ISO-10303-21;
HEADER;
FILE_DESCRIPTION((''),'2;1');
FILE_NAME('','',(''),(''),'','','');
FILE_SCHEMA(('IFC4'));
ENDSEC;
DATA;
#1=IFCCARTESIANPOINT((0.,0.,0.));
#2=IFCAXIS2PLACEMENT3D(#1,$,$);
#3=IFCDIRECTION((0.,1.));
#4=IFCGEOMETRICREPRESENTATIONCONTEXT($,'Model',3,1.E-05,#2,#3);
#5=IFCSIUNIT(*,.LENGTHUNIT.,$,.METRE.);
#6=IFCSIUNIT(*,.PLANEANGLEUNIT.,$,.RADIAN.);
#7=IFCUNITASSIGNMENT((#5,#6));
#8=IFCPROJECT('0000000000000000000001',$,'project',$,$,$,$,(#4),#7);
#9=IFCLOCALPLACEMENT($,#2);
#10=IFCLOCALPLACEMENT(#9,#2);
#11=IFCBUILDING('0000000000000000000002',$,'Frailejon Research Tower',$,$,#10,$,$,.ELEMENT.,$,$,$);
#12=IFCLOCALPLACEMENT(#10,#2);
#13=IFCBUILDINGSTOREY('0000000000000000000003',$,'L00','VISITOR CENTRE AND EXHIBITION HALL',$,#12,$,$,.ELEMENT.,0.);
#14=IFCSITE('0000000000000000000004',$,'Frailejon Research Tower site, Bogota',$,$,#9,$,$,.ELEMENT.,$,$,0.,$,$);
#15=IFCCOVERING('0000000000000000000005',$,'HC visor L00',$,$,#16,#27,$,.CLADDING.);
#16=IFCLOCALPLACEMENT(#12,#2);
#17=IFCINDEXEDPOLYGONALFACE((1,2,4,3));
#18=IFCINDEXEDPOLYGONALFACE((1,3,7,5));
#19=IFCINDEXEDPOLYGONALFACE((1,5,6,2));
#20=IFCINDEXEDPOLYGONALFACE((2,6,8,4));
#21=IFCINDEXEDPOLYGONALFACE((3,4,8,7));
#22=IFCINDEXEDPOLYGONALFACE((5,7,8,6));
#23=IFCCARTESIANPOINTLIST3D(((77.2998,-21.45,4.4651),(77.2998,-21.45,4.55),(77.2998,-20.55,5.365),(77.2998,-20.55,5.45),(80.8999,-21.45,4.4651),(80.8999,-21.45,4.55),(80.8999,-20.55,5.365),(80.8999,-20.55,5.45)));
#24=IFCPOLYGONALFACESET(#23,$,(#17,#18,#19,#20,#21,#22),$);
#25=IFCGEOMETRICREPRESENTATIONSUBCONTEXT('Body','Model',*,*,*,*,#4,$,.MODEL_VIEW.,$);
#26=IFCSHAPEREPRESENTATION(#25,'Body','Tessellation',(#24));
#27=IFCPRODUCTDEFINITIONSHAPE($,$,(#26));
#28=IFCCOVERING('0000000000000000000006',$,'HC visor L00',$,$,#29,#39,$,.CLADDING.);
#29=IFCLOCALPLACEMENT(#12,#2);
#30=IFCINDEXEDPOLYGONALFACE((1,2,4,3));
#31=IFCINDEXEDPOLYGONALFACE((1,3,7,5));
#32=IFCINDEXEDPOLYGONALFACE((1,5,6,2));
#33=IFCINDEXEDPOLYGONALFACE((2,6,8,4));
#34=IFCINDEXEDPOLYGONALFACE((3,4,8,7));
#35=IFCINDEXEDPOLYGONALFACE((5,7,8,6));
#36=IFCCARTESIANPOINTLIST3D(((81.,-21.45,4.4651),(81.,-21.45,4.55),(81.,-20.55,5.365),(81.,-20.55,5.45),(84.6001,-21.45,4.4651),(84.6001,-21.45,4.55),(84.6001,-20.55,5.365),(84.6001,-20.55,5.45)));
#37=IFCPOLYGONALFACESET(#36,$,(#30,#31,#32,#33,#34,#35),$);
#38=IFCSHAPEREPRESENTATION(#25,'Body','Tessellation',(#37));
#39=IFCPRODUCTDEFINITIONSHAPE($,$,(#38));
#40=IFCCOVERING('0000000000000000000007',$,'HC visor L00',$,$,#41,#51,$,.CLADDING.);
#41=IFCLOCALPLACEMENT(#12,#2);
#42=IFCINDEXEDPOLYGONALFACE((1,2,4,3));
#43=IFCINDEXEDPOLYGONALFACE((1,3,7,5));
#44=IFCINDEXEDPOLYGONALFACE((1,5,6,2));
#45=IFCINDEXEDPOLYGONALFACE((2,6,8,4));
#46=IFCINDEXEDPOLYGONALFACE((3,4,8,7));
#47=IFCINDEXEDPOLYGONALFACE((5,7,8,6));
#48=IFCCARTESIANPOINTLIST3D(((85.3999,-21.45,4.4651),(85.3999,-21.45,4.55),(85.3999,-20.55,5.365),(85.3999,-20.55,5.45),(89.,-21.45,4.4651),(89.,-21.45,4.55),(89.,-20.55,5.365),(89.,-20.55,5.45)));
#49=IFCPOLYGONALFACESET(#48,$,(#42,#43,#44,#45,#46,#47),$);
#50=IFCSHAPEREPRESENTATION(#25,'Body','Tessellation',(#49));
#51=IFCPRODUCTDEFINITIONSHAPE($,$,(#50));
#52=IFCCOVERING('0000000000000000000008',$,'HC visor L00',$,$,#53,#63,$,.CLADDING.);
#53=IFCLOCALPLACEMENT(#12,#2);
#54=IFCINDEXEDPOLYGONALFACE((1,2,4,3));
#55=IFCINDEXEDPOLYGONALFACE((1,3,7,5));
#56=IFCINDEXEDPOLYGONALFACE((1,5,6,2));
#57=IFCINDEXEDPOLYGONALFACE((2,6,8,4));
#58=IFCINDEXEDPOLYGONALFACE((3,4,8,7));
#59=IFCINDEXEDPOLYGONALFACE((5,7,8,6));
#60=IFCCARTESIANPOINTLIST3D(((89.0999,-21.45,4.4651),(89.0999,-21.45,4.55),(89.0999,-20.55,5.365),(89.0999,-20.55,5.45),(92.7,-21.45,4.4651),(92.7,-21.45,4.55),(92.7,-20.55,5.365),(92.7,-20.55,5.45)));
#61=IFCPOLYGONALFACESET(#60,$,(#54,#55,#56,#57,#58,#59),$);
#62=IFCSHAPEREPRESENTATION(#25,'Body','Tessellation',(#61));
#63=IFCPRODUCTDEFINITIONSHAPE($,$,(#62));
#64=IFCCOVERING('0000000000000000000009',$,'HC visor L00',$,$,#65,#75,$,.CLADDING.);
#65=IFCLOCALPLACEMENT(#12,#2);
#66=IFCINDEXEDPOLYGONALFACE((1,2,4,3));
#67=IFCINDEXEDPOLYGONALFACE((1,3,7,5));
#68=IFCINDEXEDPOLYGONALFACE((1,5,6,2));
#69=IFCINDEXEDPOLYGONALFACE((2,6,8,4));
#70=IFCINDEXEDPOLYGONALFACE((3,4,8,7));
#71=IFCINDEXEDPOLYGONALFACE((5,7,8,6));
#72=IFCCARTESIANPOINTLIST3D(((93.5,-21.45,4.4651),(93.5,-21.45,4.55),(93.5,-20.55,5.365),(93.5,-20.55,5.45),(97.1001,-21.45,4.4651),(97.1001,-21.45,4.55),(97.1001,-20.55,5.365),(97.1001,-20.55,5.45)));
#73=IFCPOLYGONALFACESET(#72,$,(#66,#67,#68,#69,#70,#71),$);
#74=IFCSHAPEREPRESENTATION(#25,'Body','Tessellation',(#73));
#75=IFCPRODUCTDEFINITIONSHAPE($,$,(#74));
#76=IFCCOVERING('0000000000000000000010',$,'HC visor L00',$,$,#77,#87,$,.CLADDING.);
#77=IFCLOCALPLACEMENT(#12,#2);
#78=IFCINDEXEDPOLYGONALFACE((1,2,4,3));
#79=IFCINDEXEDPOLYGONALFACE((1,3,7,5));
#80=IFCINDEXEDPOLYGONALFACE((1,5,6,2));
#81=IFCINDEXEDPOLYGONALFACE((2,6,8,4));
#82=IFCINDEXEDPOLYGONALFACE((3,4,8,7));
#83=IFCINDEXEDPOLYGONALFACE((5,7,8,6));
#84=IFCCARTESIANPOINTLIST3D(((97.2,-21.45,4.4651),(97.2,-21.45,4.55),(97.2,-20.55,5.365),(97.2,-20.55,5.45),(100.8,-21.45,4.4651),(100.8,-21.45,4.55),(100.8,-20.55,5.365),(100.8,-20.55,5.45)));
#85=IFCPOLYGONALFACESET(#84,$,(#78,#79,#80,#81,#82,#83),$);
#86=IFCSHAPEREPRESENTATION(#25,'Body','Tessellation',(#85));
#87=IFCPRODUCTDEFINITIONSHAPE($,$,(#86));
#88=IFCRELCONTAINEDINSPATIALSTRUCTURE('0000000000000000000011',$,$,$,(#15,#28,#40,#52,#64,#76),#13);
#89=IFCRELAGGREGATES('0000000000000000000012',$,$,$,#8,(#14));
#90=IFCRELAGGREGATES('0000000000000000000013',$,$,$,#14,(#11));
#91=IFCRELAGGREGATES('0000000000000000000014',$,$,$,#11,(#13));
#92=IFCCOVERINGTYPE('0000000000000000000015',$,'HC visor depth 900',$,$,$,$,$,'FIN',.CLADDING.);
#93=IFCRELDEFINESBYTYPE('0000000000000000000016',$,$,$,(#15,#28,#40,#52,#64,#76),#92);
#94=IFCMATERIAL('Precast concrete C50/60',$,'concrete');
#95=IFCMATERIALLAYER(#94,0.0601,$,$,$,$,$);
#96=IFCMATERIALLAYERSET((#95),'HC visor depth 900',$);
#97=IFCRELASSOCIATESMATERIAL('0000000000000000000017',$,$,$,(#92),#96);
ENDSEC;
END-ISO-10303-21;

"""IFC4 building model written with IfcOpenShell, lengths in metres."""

from ifc_helpers import new_model, si_unit, direction, frame, origin, place, context, subcontext, project, spatial, polyline, outline, extrude, material, layer, layer_set, type_object, element, save


model = new_model("IFC4")

# Units and contexts
model_context = context("Model", 3, precision=1e-05, world=origin(), true_north=direction((0.0, 1.0)))
body_context = subcontext(model_context, "Body", "Model", "MODEL_VIEW")
ifc_project = project(units=[si_unit("LENGTHUNIT", "METRE"), si_unit("PLANEANGLEUNIT", "RADIAN")], contexts=[model_context])

# Site, building, storey
site_placement = place(None, origin())
site = spatial("IfcSite", under=ifc_project, at=site_placement, Name="Frailejon Research Tower site, Bogota", CompositionType="ELEMENT", RefElevation=0.0)
building_placement = place(site_placement, origin())
building = spatial("IfcBuilding", under=site, at=building_placement, Name="Frailejon Research Tower", CompositionType="ELEMENT")
storey_placement = place(building_placement, origin())
storey = spatial("IfcBuildingStorey", under=building, at=storey_placement, Name="L00", Description="VISITOR CENTRE AND EXHIBITION HALL", CompositionType="ELEMENT", Elevation=0.0)

# Coverings
ifc_material_1 = material(Name="Precast concrete C50/60", Category="concrete")
ifc_layer_1 = layer(ifc_material_1, 0.0601)
ifc_layer_set_1 = layer_set([ifc_layer_1], Name="HC visor depth 900")
covering_type = type_object("IfcCoveringType", Name="HC visor depth 900", ElementType="FIN", PredefinedType="CLADDING", material=ifc_layer_set_1)
for number, where, z_axis, x_axis, name in (
    (1, (80.8999, -20.55, 5.45), (-1.0, 0.0, 0.0), (0.0, -1.0, 0.0), "HC visor L00"),
    (2, (84.6001, -20.55, 5.45), (-1.0, 0.0, 0.0), (0.0, -1.0, 0.0), "HC visor L00"),
    (3, (89.0, -20.55, 5.45), (-1.0, 0.0, 0.0), (0.0, -1.0, 0.0), "HC visor L00"),
    (4, (92.7, -20.55, 5.45), (-1.0, 0.0, 0.0), (0.0, -1.0, 0.0), "HC visor L00"),
    (5, (97.1001, -20.55, 5.45), (-1.0, 0.0, 0.0), (0.0, -1.0, 0.0), "HC visor L00"),
    (6, (100.8, -20.55, 5.45), (-1.0, 0.0, 0.0), (0.0, -1.0, 0.0), "HC visor L00"),
):
    element("IfcCovering", number, at=place(storey_placement, frame(where, z_axis=z_axis, x_axis=x_axis)), inside=storey, type_object=covering_type, Name=name, PredefinedType="CLADDING", context=body_context, shape_type="SweptSolid", body=[
        extrude(outline(polyline([(0.0, -0.085), (0.8999, -0.9849), (0.8999, -0.8999), (0.0, 0.0), (0.0, -0.085)])), origin(), (0.0, 0.0, 1.0), 3.6001),
    ])

save(model, "model.ifc")
